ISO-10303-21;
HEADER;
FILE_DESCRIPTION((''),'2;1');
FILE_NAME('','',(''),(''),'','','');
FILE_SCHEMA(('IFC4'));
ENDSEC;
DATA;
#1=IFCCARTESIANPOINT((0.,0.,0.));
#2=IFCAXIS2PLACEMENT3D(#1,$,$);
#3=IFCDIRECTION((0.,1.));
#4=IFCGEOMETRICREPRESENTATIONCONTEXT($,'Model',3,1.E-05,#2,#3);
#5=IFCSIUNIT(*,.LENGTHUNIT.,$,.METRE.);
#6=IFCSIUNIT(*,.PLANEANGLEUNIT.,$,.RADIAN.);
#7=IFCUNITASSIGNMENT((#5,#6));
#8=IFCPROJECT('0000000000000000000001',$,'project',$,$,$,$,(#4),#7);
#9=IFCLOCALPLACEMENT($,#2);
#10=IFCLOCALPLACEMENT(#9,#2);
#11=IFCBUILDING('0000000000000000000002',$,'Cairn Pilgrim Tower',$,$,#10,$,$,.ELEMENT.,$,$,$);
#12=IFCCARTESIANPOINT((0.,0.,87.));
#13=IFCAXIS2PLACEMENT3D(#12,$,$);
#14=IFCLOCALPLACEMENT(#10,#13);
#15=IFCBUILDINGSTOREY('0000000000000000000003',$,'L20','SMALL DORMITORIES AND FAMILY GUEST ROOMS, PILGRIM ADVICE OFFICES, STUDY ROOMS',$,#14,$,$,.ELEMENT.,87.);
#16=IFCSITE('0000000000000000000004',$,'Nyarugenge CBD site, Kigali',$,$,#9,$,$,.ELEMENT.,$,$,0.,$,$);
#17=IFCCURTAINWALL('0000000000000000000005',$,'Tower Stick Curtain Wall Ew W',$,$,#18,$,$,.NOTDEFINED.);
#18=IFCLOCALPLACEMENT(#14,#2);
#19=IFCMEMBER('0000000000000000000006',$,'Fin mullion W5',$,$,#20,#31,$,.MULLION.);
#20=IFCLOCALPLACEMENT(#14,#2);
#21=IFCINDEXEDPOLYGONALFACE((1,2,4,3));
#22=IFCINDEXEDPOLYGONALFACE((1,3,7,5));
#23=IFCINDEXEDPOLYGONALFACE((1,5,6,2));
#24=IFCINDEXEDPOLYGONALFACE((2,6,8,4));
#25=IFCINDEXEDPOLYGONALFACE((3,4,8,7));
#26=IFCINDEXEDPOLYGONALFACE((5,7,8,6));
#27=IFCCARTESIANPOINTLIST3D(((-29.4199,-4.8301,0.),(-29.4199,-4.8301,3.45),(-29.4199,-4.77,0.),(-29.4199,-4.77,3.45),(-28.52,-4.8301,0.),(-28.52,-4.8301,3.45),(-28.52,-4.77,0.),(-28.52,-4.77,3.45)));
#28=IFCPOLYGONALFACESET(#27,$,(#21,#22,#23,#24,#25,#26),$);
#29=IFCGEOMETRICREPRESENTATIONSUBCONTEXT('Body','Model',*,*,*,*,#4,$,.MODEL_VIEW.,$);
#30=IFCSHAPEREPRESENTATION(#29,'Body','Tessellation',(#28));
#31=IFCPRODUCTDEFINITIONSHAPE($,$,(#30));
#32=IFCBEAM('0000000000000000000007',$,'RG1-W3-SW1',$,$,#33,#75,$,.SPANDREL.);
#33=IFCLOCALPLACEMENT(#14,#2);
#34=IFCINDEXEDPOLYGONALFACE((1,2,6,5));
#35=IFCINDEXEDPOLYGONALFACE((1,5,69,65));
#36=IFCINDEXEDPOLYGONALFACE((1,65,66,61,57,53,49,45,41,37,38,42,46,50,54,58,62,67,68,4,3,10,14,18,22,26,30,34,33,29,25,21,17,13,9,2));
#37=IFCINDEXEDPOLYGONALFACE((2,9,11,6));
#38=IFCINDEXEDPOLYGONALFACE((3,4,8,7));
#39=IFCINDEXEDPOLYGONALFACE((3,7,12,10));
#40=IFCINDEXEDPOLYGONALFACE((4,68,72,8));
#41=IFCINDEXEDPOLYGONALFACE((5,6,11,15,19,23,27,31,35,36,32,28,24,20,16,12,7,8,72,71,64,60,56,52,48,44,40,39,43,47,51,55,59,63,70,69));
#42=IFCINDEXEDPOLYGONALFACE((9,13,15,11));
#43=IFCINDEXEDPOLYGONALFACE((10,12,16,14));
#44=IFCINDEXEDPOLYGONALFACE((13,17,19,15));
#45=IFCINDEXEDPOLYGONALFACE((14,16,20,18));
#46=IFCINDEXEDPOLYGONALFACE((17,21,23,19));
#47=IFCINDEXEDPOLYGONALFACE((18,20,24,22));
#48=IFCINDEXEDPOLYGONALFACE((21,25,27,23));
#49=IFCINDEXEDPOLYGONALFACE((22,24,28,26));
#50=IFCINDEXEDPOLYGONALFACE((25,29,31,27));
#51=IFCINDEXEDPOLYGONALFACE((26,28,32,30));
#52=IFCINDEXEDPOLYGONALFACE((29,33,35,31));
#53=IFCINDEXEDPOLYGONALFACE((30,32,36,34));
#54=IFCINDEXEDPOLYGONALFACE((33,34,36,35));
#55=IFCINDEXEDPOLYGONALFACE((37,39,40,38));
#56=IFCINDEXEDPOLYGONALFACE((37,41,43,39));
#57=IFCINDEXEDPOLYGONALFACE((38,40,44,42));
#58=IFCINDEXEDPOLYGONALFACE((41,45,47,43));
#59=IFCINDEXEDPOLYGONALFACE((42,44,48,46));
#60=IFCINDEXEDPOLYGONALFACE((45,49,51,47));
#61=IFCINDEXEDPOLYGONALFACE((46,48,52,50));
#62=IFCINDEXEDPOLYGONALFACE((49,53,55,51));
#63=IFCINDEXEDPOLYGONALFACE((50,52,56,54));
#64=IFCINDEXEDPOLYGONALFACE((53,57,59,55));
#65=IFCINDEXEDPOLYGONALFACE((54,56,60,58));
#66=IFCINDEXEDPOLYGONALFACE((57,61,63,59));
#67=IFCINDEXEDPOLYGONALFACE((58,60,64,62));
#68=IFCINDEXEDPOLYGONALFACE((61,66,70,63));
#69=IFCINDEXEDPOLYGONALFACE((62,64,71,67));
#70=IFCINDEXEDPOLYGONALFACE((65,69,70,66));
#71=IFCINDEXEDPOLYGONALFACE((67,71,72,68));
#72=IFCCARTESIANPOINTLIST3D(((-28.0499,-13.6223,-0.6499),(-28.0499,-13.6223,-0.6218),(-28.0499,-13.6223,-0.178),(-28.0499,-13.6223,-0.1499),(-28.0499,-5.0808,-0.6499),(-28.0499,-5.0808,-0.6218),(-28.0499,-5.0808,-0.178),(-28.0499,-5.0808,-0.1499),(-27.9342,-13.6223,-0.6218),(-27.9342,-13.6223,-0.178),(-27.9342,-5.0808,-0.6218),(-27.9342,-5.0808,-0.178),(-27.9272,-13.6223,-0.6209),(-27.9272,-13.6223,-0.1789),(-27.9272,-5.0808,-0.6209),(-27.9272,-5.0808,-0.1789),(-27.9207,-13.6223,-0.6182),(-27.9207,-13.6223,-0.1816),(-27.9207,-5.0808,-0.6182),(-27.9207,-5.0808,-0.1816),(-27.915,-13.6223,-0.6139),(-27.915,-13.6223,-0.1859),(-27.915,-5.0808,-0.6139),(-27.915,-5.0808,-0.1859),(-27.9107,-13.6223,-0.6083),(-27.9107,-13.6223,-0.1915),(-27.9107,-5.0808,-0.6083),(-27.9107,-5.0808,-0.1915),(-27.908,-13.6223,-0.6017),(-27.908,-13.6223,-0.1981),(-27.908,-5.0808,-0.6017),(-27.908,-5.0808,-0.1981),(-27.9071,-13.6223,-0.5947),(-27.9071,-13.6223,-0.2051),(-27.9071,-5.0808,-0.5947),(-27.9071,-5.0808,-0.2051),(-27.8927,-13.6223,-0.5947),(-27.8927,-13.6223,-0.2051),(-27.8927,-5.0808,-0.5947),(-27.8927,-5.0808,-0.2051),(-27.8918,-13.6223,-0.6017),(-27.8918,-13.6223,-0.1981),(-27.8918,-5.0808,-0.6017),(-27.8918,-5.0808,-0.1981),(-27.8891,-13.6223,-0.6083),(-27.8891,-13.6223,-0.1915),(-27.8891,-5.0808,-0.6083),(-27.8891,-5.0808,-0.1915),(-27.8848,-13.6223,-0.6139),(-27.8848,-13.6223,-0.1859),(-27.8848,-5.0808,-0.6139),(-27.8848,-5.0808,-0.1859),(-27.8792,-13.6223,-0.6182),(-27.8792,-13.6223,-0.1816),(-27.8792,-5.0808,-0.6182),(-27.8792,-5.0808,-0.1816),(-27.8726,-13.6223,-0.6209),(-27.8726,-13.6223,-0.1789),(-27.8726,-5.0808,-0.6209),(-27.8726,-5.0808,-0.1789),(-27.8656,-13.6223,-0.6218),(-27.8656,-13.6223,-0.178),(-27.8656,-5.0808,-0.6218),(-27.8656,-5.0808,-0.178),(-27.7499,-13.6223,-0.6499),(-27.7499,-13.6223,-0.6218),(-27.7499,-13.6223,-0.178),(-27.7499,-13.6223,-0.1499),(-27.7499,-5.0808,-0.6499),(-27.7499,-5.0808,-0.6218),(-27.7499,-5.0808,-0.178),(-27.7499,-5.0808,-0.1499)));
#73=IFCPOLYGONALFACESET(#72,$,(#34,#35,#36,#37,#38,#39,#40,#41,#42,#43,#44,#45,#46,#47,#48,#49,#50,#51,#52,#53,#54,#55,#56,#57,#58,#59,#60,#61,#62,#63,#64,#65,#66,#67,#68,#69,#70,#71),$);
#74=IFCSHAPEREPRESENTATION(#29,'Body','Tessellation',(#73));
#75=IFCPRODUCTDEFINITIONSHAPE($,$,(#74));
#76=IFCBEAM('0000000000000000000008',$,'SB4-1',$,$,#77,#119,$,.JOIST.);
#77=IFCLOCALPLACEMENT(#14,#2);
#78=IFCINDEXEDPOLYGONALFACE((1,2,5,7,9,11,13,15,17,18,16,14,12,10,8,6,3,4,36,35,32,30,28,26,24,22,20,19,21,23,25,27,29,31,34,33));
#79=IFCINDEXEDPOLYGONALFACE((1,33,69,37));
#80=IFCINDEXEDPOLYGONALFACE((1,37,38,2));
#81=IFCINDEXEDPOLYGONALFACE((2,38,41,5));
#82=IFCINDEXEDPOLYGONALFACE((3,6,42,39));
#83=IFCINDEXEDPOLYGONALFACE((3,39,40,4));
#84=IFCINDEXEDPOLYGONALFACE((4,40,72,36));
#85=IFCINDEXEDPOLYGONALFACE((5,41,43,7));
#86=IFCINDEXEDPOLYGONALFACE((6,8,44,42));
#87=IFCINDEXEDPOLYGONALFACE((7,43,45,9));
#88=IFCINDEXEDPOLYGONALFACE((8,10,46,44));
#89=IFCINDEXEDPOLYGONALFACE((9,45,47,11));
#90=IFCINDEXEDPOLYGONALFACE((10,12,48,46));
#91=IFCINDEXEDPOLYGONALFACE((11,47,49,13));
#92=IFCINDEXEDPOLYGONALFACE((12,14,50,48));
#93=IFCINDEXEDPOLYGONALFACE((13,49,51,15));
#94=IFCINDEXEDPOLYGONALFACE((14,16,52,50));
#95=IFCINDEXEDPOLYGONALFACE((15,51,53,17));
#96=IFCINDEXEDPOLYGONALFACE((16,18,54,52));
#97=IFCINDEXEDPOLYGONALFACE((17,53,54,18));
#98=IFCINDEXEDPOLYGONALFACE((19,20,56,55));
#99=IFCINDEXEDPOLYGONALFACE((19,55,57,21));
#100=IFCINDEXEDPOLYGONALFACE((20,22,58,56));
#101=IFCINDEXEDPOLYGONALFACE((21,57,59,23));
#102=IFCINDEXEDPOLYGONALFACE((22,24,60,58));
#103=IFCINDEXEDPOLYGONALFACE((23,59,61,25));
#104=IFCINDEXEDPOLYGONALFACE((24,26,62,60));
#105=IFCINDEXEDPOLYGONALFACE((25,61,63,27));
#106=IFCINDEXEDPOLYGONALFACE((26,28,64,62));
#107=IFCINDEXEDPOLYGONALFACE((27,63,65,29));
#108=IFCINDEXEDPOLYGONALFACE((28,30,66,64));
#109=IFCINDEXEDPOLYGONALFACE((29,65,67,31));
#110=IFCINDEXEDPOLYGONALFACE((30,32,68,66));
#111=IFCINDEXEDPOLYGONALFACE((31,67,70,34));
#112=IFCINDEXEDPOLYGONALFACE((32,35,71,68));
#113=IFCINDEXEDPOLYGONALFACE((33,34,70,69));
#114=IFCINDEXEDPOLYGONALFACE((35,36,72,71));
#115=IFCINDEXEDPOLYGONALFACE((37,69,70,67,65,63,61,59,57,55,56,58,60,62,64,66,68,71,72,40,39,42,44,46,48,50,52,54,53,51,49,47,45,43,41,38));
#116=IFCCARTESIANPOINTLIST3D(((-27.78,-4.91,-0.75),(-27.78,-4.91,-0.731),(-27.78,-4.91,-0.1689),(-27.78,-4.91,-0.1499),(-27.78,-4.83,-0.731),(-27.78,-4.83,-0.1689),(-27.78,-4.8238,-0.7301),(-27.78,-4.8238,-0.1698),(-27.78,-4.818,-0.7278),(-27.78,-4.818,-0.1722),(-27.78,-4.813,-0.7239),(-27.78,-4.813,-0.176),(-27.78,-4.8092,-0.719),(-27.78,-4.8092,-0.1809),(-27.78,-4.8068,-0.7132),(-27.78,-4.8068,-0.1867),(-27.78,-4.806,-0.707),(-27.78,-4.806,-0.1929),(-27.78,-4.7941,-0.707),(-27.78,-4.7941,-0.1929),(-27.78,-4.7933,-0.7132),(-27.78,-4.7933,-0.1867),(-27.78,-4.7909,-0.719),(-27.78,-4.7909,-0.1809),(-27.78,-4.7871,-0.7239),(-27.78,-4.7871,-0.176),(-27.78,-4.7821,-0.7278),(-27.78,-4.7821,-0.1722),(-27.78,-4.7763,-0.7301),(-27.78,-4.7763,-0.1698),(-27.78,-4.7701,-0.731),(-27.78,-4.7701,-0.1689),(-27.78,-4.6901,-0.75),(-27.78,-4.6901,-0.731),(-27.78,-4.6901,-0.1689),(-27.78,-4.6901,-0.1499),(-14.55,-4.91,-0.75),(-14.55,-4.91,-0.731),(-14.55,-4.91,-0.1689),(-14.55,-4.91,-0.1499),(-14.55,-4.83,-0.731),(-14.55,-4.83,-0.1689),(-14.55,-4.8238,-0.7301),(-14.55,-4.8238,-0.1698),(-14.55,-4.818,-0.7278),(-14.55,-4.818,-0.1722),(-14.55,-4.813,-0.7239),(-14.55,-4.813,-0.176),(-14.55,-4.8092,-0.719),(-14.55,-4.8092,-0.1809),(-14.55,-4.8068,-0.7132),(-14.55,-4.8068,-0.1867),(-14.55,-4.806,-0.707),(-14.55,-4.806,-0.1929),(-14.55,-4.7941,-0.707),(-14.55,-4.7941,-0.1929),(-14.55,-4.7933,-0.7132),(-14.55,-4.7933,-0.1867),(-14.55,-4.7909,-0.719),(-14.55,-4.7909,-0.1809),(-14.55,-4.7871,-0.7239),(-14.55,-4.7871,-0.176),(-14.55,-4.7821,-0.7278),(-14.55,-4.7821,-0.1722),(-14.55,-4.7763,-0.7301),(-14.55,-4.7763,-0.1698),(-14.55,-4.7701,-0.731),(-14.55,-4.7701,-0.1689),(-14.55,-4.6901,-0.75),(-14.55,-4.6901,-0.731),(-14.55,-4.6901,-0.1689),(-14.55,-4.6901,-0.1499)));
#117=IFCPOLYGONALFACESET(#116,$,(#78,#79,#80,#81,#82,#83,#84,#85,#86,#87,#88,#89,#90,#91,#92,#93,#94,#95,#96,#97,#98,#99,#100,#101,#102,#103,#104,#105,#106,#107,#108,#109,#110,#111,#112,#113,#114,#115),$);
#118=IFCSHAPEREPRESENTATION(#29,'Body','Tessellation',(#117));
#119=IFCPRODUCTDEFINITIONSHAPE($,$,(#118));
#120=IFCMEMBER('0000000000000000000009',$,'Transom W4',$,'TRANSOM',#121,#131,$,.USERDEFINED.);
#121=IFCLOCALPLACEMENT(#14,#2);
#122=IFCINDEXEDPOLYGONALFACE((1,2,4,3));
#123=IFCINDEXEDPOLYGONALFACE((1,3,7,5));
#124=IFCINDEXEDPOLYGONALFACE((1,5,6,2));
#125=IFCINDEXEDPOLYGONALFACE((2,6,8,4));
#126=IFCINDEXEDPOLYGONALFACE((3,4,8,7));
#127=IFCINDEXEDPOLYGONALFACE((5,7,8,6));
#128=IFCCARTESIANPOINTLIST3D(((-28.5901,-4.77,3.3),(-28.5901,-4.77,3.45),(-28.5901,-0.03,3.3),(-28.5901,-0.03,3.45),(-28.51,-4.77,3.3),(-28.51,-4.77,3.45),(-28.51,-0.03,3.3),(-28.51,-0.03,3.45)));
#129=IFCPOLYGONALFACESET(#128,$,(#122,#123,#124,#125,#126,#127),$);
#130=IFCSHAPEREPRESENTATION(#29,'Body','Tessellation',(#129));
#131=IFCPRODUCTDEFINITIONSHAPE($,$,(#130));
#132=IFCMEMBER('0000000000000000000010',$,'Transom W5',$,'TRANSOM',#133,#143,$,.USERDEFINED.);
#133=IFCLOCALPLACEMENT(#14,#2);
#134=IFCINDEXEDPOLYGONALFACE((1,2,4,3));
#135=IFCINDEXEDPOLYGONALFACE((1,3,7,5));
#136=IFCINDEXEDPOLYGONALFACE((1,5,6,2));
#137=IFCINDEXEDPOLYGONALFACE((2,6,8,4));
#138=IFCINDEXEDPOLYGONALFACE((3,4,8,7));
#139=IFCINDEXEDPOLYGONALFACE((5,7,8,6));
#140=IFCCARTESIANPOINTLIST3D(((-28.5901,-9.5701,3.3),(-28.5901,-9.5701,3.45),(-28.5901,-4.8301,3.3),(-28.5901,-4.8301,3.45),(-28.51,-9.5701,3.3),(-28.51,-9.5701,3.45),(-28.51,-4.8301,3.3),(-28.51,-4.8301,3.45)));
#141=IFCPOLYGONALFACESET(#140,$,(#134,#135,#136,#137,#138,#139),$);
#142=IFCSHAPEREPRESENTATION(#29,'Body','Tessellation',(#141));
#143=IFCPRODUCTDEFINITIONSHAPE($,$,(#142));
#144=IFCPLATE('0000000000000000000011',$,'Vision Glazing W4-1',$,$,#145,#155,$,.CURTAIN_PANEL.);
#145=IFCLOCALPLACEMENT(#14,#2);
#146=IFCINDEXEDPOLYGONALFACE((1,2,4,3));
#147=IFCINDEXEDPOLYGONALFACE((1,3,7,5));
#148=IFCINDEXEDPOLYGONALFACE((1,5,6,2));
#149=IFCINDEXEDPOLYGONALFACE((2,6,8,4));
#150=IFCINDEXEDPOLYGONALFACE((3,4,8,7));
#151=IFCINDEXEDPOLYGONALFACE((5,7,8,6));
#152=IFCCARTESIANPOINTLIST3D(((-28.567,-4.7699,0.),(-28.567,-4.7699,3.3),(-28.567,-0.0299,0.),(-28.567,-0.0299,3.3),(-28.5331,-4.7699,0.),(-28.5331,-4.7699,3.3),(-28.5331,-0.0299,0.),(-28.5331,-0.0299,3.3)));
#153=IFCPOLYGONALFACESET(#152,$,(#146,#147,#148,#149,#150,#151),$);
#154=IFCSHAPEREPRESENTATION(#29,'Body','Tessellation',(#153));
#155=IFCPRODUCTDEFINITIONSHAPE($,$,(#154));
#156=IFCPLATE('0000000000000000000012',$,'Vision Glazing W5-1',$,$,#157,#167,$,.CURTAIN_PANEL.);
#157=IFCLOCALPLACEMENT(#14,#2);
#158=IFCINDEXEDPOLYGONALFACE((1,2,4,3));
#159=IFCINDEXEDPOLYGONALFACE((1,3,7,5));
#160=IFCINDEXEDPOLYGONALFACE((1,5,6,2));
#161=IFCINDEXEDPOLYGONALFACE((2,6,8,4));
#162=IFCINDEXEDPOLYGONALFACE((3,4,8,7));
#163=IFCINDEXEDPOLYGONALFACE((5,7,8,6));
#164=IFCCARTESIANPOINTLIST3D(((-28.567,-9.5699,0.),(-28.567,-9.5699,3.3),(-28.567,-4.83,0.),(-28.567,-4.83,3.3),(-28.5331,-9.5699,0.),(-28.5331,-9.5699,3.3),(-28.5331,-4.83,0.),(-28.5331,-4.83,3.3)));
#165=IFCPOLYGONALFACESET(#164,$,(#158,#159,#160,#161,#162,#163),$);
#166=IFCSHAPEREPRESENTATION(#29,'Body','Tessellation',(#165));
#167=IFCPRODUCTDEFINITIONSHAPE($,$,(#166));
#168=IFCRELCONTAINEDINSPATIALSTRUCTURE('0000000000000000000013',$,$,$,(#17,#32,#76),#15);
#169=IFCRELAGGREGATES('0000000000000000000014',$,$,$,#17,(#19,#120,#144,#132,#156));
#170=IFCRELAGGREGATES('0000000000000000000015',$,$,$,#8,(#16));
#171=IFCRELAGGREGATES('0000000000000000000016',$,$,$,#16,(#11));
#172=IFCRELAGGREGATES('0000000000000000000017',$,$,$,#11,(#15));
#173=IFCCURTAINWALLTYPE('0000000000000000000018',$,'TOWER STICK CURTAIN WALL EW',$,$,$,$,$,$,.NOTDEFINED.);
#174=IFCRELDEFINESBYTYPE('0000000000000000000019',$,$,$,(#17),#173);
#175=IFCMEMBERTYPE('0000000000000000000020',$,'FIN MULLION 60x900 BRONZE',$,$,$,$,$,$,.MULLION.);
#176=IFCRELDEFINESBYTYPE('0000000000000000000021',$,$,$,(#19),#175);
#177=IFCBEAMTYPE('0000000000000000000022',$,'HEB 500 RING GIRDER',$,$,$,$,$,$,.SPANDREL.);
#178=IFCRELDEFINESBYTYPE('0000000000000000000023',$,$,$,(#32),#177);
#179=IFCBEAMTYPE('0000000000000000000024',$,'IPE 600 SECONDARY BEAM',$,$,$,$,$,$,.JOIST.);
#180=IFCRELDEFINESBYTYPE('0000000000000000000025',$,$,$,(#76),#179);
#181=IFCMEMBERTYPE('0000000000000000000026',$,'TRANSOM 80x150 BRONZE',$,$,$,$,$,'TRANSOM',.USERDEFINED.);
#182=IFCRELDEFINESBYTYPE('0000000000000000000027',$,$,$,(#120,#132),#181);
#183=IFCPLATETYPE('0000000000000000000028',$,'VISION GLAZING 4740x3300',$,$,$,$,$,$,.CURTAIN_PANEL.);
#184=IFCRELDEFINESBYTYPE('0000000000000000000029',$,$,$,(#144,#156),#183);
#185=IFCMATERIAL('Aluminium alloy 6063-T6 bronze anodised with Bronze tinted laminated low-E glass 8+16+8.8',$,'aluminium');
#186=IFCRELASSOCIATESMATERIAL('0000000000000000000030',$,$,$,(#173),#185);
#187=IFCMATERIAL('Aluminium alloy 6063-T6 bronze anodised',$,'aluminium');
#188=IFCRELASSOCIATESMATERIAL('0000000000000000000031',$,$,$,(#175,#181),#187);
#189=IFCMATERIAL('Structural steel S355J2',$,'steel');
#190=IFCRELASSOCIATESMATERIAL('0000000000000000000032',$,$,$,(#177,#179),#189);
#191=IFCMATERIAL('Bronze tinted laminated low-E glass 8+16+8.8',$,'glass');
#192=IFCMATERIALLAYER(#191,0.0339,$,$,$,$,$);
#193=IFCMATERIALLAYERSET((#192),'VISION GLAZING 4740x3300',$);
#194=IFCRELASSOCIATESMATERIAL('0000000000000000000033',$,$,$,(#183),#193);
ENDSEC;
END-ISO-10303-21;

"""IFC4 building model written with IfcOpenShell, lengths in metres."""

from ifc_helpers import new_model, si_unit, direction, frame, origin, origin_2d, place, context, subcontext, project, spatial, rectangle, i_section, extrude, material, layer, layer_set, material_profile, profile_set, type_object, element, aggregate, save


model = new_model("IFC4")

# Units and contexts
model_context = context("Model", 3, precision=1e-05, world=origin(), true_north=direction((0.0, 1.0)))
body_context = subcontext(model_context, "Body", "Model", "MODEL_VIEW")
ifc_project = project(units=[si_unit("LENGTHUNIT", "METRE"), si_unit("PLANEANGLEUNIT", "RADIAN")], contexts=[model_context])

# Site, building, storey
site_placement = place(None, origin())
site = spatial("IfcSite", under=ifc_project, at=site_placement, Name="Nyarugenge CBD site, Kigali", CompositionType="ELEMENT", RefElevation=0.0)
building_placement = place(site_placement, origin())
building = spatial("IfcBuilding", under=site, at=building_placement, Name="Cairn Pilgrim Tower", CompositionType="ELEMENT")
storey_placement = place(building_placement, frame((0.0, 0.0, 87.0)))
storey = spatial("IfcBuildingStorey", under=building, at=storey_placement, Name="L20", Description="SMALL DORMITORIES AND FAMILY GUEST ROOMS, PILGRIM ADVICE OFFICES, STUDY ROOMS", CompositionType="ELEMENT", Elevation=87.0)

# Curtain wall, member
ifc_material_1 = material(Name="Aluminium alloy 6063-T6 bronze anodised with Bronze tinted laminated low-E glass 8+16+8.8", Category="aluminium")
curtain_wall_type = type_object("IfcCurtainWallType", Name="TOWER STICK CURTAIN WALL EW", PredefinedType="NOTDEFINED", material=ifc_material_1)
curtain_wall_placement = place(storey_placement, origin())
curtain_wall = element("IfcCurtainWall", 1, at=curtain_wall_placement, inside=storey, type_object=curtain_wall_type, Name="Tower Stick Curtain Wall Ew W", PredefinedType="NOTDEFINED")
ifc_material_2 = material(Name="Aluminium alloy 6063-T6 bronze anodised", Category="aluminium")
ifc_material_profile_1 = material_profile(ifc_material_2, rectangle(XDim=0.8999, YDim=0.0601, at=origin_2d()), Name="FIN MULLION 60x900 BRONZE")
ifc_profile_set_1 = profile_set([ifc_material_profile_1], Name="Aluminium alloy 6063-T6 bronze anodised")
member_type_1 = type_object("IfcMemberType", Name="FIN MULLION 60x900 BRONZE", PredefinedType="MULLION", material=ifc_profile_set_1)
member_1_placement = place(storey_placement, frame((-28.97, -4.8, 0.0), z_axis=(0.0, 0.0, 1.0), x_axis=(-1.0, 0.0, 0.0)))
member_1 = element("IfcMember", 2, at=member_1_placement, type_object=member_type_1, Name="Fin mullion W5", PredefinedType="MULLION", context=body_context, shape_type="SweptSolid", body=[
    extrude(rectangle(XDim=0.8999, YDim=0.0601, at=origin_2d()), origin(), (0.0, 0.0, 1.0), 3.45),
])

# Beams
ifc_material_3 = material(Name="Structural steel S355J2", Category="steel")
ifc_material_profile_2 = material_profile(ifc_material_3, i_section(OverallWidth=0.3, OverallDepth=0.5, WebThickness=0.0144, FlangeThickness=0.0281, FilletRadius=0.0271, at=origin_2d()), Name="HEB 500")
ifc_profile_set_2 = profile_set([ifc_material_profile_2], Name="Structural steel S355J2")
beam_type_1 = type_object("IfcBeamType", Name="HEB 500 RING GIRDER", PredefinedType="SPANDREL", material=ifc_profile_set_2)
beam_1_placement = place(storey_placement, frame((-27.8999, -5.0808, -0.3999), z_axis=(0.0, -1.0, 0.0), x_axis=(1.0, 0.0, 0.0)))
element("IfcBeam", 3, at=beam_1_placement, inside=storey, type_object=beam_type_1, Name="RG1-W3-SW1", PredefinedType="SPANDREL", context=body_context, shape_type="SweptSolid", body=[
    extrude(i_section(OverallWidth=0.3, OverallDepth=0.5, WebThickness=0.0144, FlangeThickness=0.0281, FilletRadius=0.0271, at=origin_2d()), origin(), (0.0, 0.0, 1.0), 8.5415),
])
ifc_material_profile_3 = material_profile(ifc_material_3, i_section(OverallWidth=0.22, OverallDepth=0.6001, WebThickness=0.012, FlangeThickness=0.019, FilletRadius=0.0239, at=origin_2d()), Name="IPE 600")
ifc_profile_set_3 = profile_set([ifc_material_profile_3], Name="Structural steel S355J2")
beam_type_2 = type_object("IfcBeamType", Name="IPE 600 SECONDARY BEAM", PredefinedType="JOIST", material=ifc_profile_set_3)
beam_2_placement = place(storey_placement, frame((-27.78, -4.8, -0.45), z_axis=(1.0, 0.0, 0.0), x_axis=(0.0, 1.0, 0.0)))
element("IfcBeam", 4, at=beam_2_placement, inside=storey, type_object=beam_type_2, Name="SB4-1", PredefinedType="JOIST", context=body_context, shape_type="SweptSolid", body=[
    extrude(i_section(OverallWidth=0.22, OverallDepth=0.6001, WebThickness=0.012, FlangeThickness=0.019, FilletRadius=0.0239, at=origin_2d()), origin(), (0.0, 0.0, 1.0), 13.23),
])

# Members
ifc_material_profile_4 = material_profile(ifc_material_2, rectangle(XDim=0.0801, YDim=0.1499, at=origin_2d()), Name="TRANSOM 80x150 BRONZE")
ifc_profile_set_4 = profile_set([ifc_material_profile_4], Name="Aluminium alloy 6063-T6 bronze anodised")
member_type_2 = type_object("IfcMemberType", Name="TRANSOM 80x150 BRONZE", ElementType="TRANSOM", PredefinedType="USERDEFINED", material=ifc_profile_set_4)
member_2_placement = place(storey_placement, frame((-28.55, -0.03, 3.375), z_axis=(0.0, -1.0, 0.0), x_axis=(1.0, 0.0, 0.0)))
member_2 = element("IfcMember", 5, at=member_2_placement, type_object=member_type_2, Name="Transom W4", ObjectType="TRANSOM", PredefinedType="USERDEFINED", context=body_context, shape_type="SweptSolid", body=[
    extrude(rectangle(XDim=0.0801, YDim=0.1499, at=origin_2d()), origin(), (0.0, 0.0, 1.0), 4.74),
])
member_3_placement = place(storey_placement, frame((-28.55, -4.8301, 3.375), z_axis=(0.0, -1.0, 0.0), x_axis=(1.0, 0.0, 0.0)))
member_3 = element("IfcMember", 6, at=member_3_placement, type_object=member_type_2, Name="Transom W5", ObjectType="TRANSOM", PredefinedType="USERDEFINED", context=body_context, shape_type="SweptSolid", body=[
    extrude(rectangle(XDim=0.0801, YDim=0.1499, at=origin_2d()), origin(), (0.0, 0.0, 1.0), 4.74),
])

# Plates
ifc_material_4 = material(Name="Bronze tinted laminated low-E glass 8+16+8.8", Category="glass")
ifc_layer_1 = layer(ifc_material_4, 0.0339)
ifc_layer_set_1 = layer_set([ifc_layer_1], Name="VISION GLAZING 4740x3300")
plate_type = type_object("IfcPlateType", Name="VISION GLAZING 4740x3300", PredefinedType="CURTAIN_PANEL", material=ifc_layer_set_1)
plate_1_placement = place(storey_placement, frame((-28.55, -2.3999, 0.0), z_axis=(0.0, 0.0, 1.0), x_axis=(0.0, -1.0, 0.0)))
plate_1 = element("IfcPlate", 7, at=plate_1_placement, type_object=plate_type, Name="Vision Glazing W4-1", PredefinedType="CURTAIN_PANEL", context=body_context, shape_type="SweptSolid", body=[
    extrude(rectangle(XDim=4.74, YDim=0.0339, at=origin_2d()), origin(), (0.0, 0.0, 1.0), 3.3),
])
plate_2_placement = place(storey_placement, frame((-28.55, -7.2, 0.0), z_axis=(0.0, 0.0, 1.0), x_axis=(0.0, -1.0, 0.0)))
plate_2 = element("IfcPlate", 8, at=plate_2_placement, type_object=plate_type, Name="Vision Glazing W5-1", PredefinedType="CURTAIN_PANEL", context=body_context, shape_type="SweptSolid", body=[
    extrude(rectangle(XDim=4.74, YDim=0.0339, at=origin_2d()), origin(), (0.0, 0.0, 1.0), 3.3),
])
aggregate(curtain_wall, [member_1, member_2, plate_1, member_3, plate_2])

save(model, "model.ifc")
